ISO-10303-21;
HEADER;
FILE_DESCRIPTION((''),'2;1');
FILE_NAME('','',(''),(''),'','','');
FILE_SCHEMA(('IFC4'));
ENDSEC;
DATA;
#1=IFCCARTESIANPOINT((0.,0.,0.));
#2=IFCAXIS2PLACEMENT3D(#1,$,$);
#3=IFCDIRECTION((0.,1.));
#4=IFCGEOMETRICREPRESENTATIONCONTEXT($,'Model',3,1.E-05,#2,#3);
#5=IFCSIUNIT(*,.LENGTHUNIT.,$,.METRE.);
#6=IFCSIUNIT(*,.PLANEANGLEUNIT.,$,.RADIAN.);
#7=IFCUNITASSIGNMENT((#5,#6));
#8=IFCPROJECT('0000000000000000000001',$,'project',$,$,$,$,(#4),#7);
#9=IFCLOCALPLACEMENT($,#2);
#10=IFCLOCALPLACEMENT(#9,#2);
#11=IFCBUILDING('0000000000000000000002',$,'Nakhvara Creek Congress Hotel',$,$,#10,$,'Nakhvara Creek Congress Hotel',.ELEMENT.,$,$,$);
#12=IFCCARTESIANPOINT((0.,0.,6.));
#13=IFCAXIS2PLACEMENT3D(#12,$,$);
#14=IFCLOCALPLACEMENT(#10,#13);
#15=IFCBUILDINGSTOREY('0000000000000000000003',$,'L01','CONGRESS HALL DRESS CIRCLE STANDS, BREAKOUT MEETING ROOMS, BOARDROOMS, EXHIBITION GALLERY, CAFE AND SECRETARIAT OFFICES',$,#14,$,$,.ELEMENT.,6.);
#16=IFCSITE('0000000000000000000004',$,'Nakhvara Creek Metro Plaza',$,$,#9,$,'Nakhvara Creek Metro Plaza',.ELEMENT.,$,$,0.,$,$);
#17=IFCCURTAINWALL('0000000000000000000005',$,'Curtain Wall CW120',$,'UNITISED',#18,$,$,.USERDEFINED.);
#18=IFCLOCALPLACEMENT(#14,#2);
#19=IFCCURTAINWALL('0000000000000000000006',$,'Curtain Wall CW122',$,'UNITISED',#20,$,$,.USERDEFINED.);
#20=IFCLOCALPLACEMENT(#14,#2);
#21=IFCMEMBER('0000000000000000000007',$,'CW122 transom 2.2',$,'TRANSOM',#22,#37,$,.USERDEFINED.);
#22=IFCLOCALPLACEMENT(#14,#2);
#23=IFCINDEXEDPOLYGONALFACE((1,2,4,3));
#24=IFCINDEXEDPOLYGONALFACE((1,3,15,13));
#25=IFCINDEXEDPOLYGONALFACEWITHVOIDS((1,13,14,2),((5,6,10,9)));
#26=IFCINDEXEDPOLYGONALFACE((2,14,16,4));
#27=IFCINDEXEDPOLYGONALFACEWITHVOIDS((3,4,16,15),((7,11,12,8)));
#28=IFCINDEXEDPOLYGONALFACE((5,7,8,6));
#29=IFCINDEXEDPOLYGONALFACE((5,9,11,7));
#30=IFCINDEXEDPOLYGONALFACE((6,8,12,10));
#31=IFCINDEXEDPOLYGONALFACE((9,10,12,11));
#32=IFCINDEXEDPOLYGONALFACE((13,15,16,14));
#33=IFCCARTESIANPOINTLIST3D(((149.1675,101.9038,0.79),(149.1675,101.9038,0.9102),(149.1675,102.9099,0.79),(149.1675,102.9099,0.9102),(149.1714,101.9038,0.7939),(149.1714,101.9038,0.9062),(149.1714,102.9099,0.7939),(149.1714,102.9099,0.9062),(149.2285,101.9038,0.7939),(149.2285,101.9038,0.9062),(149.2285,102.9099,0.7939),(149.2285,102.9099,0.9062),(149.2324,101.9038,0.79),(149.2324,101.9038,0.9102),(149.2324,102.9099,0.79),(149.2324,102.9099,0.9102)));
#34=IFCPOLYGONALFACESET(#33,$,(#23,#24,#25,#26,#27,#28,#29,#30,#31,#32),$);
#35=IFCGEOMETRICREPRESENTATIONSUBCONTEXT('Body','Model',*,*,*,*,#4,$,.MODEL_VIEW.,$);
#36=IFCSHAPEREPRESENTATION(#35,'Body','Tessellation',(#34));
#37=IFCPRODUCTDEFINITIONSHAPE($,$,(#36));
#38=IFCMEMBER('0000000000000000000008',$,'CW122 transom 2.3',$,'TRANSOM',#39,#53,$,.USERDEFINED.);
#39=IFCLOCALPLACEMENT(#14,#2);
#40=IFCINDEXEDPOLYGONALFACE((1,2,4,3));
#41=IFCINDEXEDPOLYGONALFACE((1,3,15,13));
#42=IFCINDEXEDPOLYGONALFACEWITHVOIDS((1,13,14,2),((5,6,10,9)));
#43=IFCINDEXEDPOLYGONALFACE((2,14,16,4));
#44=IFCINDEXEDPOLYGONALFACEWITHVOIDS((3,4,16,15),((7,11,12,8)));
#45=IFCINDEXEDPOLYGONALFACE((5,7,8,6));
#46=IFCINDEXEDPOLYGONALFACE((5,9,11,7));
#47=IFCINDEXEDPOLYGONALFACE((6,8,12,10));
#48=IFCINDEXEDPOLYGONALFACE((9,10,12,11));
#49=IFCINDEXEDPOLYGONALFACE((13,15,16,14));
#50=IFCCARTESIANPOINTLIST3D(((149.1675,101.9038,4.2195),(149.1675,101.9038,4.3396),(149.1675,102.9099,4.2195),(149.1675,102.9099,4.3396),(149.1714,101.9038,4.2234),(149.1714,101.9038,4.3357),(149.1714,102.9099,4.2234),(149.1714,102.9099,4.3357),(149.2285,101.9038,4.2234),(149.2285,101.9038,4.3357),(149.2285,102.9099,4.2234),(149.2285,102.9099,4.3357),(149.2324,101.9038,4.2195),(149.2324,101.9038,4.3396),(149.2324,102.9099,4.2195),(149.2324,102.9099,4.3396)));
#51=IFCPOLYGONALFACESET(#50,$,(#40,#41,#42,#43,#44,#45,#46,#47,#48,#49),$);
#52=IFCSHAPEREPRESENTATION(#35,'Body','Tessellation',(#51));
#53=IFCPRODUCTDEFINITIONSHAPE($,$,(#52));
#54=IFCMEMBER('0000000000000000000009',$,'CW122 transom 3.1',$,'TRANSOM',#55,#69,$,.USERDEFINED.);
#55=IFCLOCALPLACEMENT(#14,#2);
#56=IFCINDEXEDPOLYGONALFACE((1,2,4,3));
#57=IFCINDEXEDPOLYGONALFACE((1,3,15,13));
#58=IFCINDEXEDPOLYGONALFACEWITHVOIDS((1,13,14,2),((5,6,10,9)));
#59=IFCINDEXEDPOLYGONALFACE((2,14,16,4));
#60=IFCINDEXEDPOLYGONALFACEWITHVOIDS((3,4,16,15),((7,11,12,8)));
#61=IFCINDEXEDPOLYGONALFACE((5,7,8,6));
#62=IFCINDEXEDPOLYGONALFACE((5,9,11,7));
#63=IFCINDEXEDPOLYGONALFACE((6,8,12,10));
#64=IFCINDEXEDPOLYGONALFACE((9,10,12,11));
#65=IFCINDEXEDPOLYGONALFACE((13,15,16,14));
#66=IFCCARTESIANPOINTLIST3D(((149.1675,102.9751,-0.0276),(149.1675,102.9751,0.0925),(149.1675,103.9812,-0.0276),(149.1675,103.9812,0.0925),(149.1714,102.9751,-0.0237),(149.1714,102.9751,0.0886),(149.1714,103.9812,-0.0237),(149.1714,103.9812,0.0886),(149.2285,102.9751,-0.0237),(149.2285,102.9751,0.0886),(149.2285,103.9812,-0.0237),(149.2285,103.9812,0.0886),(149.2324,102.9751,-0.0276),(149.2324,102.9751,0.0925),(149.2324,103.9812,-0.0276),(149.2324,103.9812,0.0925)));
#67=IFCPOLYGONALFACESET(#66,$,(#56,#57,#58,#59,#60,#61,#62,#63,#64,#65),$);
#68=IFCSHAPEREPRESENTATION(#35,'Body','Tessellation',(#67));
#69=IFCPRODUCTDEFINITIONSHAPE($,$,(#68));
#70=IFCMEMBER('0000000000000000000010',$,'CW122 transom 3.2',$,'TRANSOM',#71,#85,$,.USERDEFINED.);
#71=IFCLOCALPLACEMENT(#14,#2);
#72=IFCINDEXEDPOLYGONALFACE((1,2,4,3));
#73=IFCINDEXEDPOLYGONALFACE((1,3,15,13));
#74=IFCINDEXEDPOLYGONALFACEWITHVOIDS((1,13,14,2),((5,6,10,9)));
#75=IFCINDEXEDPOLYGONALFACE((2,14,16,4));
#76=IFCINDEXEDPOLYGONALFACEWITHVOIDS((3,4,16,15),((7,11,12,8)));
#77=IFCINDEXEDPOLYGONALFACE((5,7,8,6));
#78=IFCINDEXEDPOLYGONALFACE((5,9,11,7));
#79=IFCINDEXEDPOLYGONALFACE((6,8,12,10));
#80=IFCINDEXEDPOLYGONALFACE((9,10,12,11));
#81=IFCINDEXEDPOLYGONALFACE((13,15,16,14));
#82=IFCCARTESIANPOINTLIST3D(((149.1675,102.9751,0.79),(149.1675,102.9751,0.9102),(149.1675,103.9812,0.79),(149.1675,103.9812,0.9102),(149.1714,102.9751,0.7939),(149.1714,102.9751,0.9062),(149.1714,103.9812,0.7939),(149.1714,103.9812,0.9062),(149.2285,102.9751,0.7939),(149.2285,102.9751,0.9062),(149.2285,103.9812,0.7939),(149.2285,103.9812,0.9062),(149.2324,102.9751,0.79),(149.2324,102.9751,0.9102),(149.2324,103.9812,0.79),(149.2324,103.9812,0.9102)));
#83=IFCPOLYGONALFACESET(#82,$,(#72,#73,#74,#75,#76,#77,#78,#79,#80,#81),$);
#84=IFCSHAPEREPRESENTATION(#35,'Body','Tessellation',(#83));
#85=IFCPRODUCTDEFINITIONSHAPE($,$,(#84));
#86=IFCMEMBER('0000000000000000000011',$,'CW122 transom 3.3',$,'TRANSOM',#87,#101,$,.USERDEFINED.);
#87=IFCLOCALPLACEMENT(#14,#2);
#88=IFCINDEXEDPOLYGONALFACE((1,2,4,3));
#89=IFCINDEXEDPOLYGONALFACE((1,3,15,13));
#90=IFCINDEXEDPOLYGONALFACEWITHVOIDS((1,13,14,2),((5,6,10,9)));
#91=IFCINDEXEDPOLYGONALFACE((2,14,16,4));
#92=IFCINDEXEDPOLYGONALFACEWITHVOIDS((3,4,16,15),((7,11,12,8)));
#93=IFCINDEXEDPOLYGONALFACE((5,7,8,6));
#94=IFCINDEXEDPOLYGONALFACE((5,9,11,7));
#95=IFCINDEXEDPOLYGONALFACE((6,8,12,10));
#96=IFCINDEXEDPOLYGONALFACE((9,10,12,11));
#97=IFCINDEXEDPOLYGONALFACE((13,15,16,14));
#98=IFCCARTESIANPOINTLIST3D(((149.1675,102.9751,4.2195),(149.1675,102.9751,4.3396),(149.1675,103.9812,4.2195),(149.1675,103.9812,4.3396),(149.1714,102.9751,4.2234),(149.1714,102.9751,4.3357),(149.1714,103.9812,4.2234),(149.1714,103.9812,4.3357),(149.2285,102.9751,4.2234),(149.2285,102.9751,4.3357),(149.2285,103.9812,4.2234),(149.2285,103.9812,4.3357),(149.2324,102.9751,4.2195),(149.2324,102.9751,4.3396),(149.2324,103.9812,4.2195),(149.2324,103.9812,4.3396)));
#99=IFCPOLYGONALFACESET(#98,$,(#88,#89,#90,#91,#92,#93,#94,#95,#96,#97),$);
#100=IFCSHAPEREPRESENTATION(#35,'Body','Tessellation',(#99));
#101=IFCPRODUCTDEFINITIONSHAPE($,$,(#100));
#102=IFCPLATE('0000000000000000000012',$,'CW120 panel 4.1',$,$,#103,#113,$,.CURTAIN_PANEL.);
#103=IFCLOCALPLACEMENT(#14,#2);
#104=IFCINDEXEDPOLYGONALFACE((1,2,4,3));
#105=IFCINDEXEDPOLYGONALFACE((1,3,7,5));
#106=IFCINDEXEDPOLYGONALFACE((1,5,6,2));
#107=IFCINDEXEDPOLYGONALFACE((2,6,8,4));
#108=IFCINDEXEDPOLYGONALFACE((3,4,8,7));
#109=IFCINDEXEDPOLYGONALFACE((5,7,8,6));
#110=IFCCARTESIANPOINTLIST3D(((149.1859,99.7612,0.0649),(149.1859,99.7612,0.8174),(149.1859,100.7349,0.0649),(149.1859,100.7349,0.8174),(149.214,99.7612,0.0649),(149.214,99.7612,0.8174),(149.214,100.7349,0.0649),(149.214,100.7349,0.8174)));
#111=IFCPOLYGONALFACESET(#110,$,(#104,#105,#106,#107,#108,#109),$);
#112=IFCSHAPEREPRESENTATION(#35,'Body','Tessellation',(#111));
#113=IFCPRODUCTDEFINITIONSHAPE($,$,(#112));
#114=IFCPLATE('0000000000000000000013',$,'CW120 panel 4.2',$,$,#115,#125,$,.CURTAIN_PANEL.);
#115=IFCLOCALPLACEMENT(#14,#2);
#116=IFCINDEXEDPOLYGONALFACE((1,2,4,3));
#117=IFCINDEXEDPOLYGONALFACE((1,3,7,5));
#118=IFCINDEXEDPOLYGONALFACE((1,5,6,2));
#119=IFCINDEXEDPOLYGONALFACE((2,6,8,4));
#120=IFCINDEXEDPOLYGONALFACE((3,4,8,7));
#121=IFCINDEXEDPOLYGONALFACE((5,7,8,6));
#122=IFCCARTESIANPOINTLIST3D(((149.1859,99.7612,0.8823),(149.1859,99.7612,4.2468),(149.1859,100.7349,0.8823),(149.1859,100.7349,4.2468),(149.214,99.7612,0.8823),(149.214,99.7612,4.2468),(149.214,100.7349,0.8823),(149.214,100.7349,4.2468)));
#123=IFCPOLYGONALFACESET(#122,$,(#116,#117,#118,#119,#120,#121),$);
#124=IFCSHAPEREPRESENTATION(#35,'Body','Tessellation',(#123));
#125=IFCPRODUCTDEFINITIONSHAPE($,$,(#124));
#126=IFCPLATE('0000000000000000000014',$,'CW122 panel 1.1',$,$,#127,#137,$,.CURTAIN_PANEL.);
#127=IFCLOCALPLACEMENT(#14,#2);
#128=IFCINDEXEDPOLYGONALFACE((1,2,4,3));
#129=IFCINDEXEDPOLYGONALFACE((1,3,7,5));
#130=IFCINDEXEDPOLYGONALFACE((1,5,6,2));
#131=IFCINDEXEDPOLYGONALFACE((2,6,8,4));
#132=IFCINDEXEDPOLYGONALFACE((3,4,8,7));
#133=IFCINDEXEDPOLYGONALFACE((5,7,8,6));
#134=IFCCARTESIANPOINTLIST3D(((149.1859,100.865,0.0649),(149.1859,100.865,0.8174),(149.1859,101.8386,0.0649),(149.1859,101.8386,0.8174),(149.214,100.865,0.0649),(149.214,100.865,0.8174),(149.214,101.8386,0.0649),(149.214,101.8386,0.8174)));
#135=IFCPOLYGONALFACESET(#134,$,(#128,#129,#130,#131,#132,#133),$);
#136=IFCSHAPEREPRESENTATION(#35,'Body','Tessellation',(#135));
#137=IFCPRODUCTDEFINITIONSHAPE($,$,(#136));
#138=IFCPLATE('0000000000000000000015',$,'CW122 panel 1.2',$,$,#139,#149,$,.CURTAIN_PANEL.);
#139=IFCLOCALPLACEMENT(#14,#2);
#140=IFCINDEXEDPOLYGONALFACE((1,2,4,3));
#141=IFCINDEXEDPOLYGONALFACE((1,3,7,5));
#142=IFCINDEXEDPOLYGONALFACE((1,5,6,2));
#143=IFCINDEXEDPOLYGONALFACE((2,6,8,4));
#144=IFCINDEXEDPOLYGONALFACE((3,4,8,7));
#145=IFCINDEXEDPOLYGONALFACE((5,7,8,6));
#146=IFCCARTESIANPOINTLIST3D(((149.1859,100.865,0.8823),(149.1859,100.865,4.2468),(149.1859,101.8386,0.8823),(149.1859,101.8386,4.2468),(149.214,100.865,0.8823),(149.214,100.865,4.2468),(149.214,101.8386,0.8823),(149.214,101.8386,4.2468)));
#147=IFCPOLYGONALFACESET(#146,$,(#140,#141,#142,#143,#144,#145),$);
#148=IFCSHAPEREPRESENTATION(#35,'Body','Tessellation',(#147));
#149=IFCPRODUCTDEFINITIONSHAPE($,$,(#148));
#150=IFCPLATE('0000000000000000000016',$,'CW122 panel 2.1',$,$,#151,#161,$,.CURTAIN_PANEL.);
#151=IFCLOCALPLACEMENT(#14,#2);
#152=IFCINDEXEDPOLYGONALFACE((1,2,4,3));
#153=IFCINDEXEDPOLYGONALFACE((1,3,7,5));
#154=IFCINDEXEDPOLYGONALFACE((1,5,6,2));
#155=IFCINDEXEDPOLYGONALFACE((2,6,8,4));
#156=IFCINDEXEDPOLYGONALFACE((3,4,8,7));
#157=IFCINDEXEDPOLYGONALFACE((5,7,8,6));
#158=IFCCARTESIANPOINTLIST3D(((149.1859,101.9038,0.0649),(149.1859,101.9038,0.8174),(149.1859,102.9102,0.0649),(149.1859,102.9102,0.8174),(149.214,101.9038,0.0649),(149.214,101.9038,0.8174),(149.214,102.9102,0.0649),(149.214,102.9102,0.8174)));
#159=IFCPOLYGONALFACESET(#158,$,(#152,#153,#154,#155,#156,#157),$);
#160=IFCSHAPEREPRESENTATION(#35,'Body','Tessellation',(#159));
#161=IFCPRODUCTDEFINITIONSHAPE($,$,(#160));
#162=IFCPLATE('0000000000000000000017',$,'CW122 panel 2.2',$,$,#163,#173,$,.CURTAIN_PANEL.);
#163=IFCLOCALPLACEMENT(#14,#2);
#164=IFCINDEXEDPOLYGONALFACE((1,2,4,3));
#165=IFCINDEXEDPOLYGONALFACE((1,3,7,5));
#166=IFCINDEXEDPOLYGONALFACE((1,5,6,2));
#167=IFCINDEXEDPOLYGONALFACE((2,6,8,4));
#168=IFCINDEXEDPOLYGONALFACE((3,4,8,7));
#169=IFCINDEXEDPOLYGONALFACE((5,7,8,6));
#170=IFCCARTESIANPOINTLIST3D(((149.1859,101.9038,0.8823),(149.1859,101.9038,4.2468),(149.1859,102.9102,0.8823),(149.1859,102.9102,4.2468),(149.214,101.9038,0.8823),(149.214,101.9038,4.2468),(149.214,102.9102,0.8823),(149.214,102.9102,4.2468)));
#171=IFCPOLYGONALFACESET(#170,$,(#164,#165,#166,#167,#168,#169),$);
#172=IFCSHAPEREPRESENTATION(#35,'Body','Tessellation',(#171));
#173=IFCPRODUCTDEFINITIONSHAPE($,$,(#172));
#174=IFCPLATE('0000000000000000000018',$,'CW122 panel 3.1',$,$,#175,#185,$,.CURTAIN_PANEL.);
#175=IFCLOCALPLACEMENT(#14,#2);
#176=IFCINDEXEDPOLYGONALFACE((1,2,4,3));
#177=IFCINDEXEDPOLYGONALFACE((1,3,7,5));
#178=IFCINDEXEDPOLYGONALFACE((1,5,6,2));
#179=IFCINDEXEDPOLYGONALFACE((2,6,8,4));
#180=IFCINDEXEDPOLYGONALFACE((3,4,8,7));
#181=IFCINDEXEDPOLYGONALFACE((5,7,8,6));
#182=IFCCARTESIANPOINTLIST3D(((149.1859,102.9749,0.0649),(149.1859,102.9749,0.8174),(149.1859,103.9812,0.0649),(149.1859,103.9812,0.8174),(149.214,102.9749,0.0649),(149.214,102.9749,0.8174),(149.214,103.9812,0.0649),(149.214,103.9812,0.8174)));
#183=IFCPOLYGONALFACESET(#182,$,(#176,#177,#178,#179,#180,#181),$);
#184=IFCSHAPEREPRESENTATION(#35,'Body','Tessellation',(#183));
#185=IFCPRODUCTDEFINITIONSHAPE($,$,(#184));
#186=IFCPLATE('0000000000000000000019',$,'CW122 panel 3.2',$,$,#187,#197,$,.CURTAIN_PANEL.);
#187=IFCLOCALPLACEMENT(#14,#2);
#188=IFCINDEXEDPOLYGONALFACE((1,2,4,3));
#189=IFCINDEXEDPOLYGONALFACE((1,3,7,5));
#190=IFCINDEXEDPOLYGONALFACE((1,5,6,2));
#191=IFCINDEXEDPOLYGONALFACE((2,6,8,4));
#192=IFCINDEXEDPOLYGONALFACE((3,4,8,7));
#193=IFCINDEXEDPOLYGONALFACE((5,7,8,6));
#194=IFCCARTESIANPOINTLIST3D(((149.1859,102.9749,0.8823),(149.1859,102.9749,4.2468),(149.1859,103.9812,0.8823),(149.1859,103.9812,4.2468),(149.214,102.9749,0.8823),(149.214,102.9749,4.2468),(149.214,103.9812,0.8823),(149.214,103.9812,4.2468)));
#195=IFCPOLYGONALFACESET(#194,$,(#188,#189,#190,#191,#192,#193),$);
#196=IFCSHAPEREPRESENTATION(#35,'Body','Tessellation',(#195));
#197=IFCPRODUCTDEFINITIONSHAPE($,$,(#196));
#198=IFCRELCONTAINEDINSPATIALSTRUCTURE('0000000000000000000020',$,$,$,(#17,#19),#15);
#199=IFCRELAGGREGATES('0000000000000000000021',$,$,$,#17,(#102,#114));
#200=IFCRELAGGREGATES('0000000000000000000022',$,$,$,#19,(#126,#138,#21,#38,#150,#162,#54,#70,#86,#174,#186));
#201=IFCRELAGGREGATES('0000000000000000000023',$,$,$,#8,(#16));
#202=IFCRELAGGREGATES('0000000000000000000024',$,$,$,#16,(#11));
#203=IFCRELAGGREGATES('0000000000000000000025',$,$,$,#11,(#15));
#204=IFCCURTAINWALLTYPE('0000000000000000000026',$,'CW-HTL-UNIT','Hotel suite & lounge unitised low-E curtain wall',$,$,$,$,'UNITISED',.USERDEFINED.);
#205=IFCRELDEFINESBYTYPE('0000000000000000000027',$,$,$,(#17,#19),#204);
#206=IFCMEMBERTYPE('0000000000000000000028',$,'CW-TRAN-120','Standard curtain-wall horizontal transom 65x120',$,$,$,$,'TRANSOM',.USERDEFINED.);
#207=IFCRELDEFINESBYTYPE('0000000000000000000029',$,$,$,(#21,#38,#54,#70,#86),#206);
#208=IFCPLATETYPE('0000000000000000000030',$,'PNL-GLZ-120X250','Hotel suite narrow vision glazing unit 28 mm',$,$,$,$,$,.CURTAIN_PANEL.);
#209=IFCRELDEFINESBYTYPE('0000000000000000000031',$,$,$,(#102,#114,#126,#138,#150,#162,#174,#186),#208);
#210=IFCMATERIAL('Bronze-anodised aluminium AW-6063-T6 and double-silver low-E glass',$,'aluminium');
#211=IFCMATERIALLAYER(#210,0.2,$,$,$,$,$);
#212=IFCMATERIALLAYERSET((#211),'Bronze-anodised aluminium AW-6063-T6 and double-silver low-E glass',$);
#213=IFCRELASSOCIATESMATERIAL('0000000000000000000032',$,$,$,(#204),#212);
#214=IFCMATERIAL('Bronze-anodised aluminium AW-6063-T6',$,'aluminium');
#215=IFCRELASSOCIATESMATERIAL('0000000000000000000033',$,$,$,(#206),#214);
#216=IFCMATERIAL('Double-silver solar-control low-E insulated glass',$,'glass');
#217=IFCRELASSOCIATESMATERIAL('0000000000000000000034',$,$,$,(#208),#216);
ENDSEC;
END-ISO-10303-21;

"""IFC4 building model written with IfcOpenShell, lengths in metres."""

from ifc_helpers import new_model, si_unit, direction, frame, origin, origin_2d, place, context, subcontext, project, spatial, rectangle, hollow_rectangle, extrude, material, layer, layer_set, material_profile, profile_set, type_object, element, aggregate, save


model = new_model("IFC4")

# Units and contexts
model_context = context("Model", 3, precision=1e-05, world=origin(), true_north=direction((0.0, 1.0)))
body_context = subcontext(model_context, "Body", "Model", "MODEL_VIEW")
ifc_project = project(units=[si_unit("LENGTHUNIT", "METRE"), si_unit("PLANEANGLEUNIT", "RADIAN")], contexts=[model_context])

# Site, building, storey
site_placement = place(None, origin())
site = spatial("IfcSite", under=ifc_project, at=site_placement, Name="Nakhvara Creek Metro Plaza", LongName="Nakhvara Creek Metro Plaza", CompositionType="ELEMENT", RefElevation=0.0)
building_placement = place(site_placement, origin())
building = spatial("IfcBuilding", under=site, at=building_placement, Name="Nakhvara Creek Congress Hotel", LongName="Nakhvara Creek Congress Hotel", CompositionType="ELEMENT")
storey_placement = place(building_placement, frame((0.0, 0.0, 6.0)))
storey = spatial("IfcBuildingStorey", under=building, at=storey_placement, Name="L01", Description="CONGRESS HALL DRESS CIRCLE STANDS, BREAKOUT MEETING ROOMS, BOARDROOMS, EXHIBITION GALLERY, CAFE AND SECRETARIAT OFFICES", CompositionType="ELEMENT", Elevation=6.0)

# Curtain wall
ifc_material_1 = material(Name="Bronze-anodised aluminium AW-6063-T6 and double-silver low-E glass", Category="aluminium")
ifc_layer = layer(ifc_material_1, 0.2)
ifc_layer_set = layer_set([ifc_layer], Name="Bronze-anodised aluminium AW-6063-T6 and double-silver low-E glass")
curtain_wall_type = type_object("IfcCurtainWallType", Name="CW-HTL-UNIT", Description="Hotel suite & lounge unitised low-E curtain wall", ElementType="UNITISED", PredefinedType="USERDEFINED", material=ifc_layer_set)
curtain_wall_1_placement = place(storey_placement, origin())
curtain_wall_1 = element("IfcCurtainWall", 1, at=curtain_wall_1_placement, inside=storey, type_object=curtain_wall_type, Name="Curtain Wall CW120", ObjectType="UNITISED", PredefinedType="USERDEFINED")
ifc_material_2 = material(Name="Bronze-anodised aluminium AW-6063-T6", Category="aluminium")

# Curtain wall
curtain_wall_2_placement = place(storey_placement, origin())
curtain_wall_2 = element("IfcCurtainWall", 2, at=curtain_wall_2_placement, inside=storey, type_object=curtain_wall_type, Name="Curtain Wall CW122", ObjectType="UNITISED", PredefinedType="USERDEFINED")

# Members
ifc_material_profile_1 = material_profile(ifc_material_2, hollow_rectangle(XDim=0.0649, YDim=0.1201, WallThickness=0.0039, at=origin_2d()), Name="ALU-TRAN 65x120x4", Category="LoadBearing")
ifc_profile_set_1 = profile_set([ifc_material_profile_1], Name="Bronze-anodised aluminium AW-6063-T6")
member_type_1 = type_object("IfcMemberType", Name="CW-TRAN-120", Description="Standard curtain-wall horizontal transom 65x120", ElementType="TRANSOM", PredefinedType="USERDEFINED", material=ifc_profile_set_1)
member_1_placement = place(storey_placement, frame((149.2, 101.9038, 0.8501), z_axis=(0.0, 1.0, 0.0), x_axis=(-1.0, 0.0, 0.0)))
member_1 = element("IfcMember", 3, at=member_1_placement, type_object=member_type_1, Name="CW122 transom 2.2", ObjectType="TRANSOM", PredefinedType="USERDEFINED", context=body_context, shape_type="SweptSolid", body=[
    extrude(hollow_rectangle(XDim=0.0649, YDim=0.1201, WallThickness=0.0039, at=origin_2d()), origin(), (0.0, 0.0, 1.0), 1.0061),
])
member_2_placement = place(storey_placement, frame((149.2, 101.9038, 4.2795), z_axis=(0.0, 1.0, 0.0), x_axis=(-1.0, 0.0, 0.0)))
member_2 = element("IfcMember", 4, at=member_2_placement, type_object=member_type_1, Name="CW122 transom 2.3", ObjectType="TRANSOM", PredefinedType="USERDEFINED", context=body_context, shape_type="SweptSolid", body=[
    extrude(hollow_rectangle(XDim=0.0649, YDim=0.1201, WallThickness=0.0039, at=origin_2d()), origin(), (0.0, 0.0, 1.0), 1.0061),
])
member_3_placement = place(storey_placement, frame((149.2, 102.9751, 0.0325), z_axis=(0.0, 1.0, 0.0), x_axis=(-1.0, 0.0, 0.0)))
member_3 = element("IfcMember", 5, at=member_3_placement, type_object=member_type_1, Name="CW122 transom 3.1", ObjectType="TRANSOM", PredefinedType="USERDEFINED", context=body_context, shape_type="SweptSolid", body=[
    extrude(hollow_rectangle(XDim=0.0649, YDim=0.1201, WallThickness=0.0039, at=origin_2d()), origin(), (0.0, 0.0, 1.0), 1.0061),
])
member_4_placement = place(storey_placement, frame((149.2, 102.9751, 0.8501), z_axis=(0.0, 1.0, 0.0), x_axis=(-1.0, 0.0, 0.0)))
member_4 = element("IfcMember", 6, at=member_4_placement, type_object=member_type_1, Name="CW122 transom 3.2", ObjectType="TRANSOM", PredefinedType="USERDEFINED", context=body_context, shape_type="SweptSolid", body=[
    extrude(hollow_rectangle(XDim=0.0649, YDim=0.1201, WallThickness=0.0039, at=origin_2d()), origin(), (0.0, 0.0, 1.0), 1.0061),
])
member_5_placement = place(storey_placement, frame((149.2, 102.9751, 4.2795), z_axis=(0.0, 1.0, 0.0), x_axis=(-1.0, 0.0, 0.0)))
member_5 = element("IfcMember", 7, at=member_5_placement, type_object=member_type_1, Name="CW122 transom 3.3", ObjectType="TRANSOM", PredefinedType="USERDEFINED", context=body_context, shape_type="SweptSolid", body=[
    extrude(hollow_rectangle(XDim=0.0649, YDim=0.1201, WallThickness=0.0039, at=origin_2d()), origin(), (0.0, 0.0, 1.0), 1.0061),
])

# Plates
ifc_material_3 = material(Name="Double-silver solar-control low-E insulated glass", Category="glass")
plate_type = type_object("IfcPlateType", Name="PNL-GLZ-120X250", Description="Hotel suite narrow vision glazing unit 28 mm", PredefinedType="CURTAIN_PANEL", material=ifc_material_3)
plate_1_placement = place(storey_placement, frame((149.2, 100.248, 0.0649), z_axis=(0.0, 0.0, 1.0), x_axis=(0.0, 1.0, 0.0)))
plate_1 = element("IfcPlate", 8, at=plate_1_placement, type_object=plate_type, Name="CW120 panel 4.1", PredefinedType="CURTAIN_PANEL", context=body_context, shape_type="SweptSolid", body=[
    extrude(rectangle(XDim=0.9736, YDim=0.0281, at=origin_2d()), origin(), (0.0, 0.0, 1.0), 0.7524),
])
plate_2_placement = place(storey_placement, frame((149.2, 100.248, 0.8823), z_axis=(0.0, 0.0, 1.0), x_axis=(0.0, 1.0, 0.0)))
plate_2 = element("IfcPlate", 9, at=plate_2_placement, type_object=plate_type, Name="CW120 panel 4.2", PredefinedType="CURTAIN_PANEL", context=body_context, shape_type="SweptSolid", body=[
    extrude(rectangle(XDim=0.9736, YDim=0.0281, at=origin_2d()), origin(), (0.0, 0.0, 1.0), 3.3645),
])
aggregate(curtain_wall_1, [plate_1, plate_2])
plate_3_placement = place(storey_placement, frame((149.2, 101.3518, 0.0649), z_axis=(0.0, 0.0, 1.0), x_axis=(0.0, 1.0, 0.0)))
plate_3 = element("IfcPlate", 10, at=plate_3_placement, type_object=plate_type, Name="CW122 panel 1.1", PredefinedType="CURTAIN_PANEL", context=body_context, shape_type="SweptSolid", body=[
    extrude(rectangle(XDim=0.9736, YDim=0.0281, at=origin_2d()), origin(), (0.0, 0.0, 1.0), 0.7524),
])
plate_4_placement = place(storey_placement, frame((149.2, 101.3518, 0.8823), z_axis=(0.0, 0.0, 1.0), x_axis=(0.0, 1.0, 0.0)))
plate_4 = element("IfcPlate", 11, at=plate_4_placement, type_object=plate_type, Name="CW122 panel 1.2", PredefinedType="CURTAIN_PANEL", context=body_context, shape_type="SweptSolid", body=[
    extrude(rectangle(XDim=0.9736, YDim=0.0281, at=origin_2d()), origin(), (0.0, 0.0, 1.0), 3.3645),
])
plate_5_placement = place(storey_placement, frame((149.2, 102.407, 0.0649), z_axis=(0.0, 0.0, 1.0), x_axis=(0.0, 1.0, 0.0)))
plate_5 = element("IfcPlate", 12, at=plate_5_placement, type_object=plate_type, Name="CW122 panel 2.1", PredefinedType="CURTAIN_PANEL", context=body_context, shape_type="SweptSolid", body=[
    extrude(rectangle(XDim=1.0063, YDim=0.0281, at=origin_2d()), origin(), (0.0, 0.0, 1.0), 0.7524),
])
plate_6_placement = place(storey_placement, frame((149.2, 102.407, 0.8823), z_axis=(0.0, 0.0, 1.0), x_axis=(0.0, 1.0, 0.0)))
plate_6 = element("IfcPlate", 13, at=plate_6_placement, type_object=plate_type, Name="CW122 panel 2.2", PredefinedType="CURTAIN_PANEL", context=body_context, shape_type="SweptSolid", body=[
    extrude(rectangle(XDim=1.0063, YDim=0.0281, at=origin_2d()), origin(), (0.0, 0.0, 1.0), 3.3645),
])
plate_7_placement = place(storey_placement, frame((149.2, 103.478, 0.0649), z_axis=(0.0, 0.0, 1.0), x_axis=(0.0, 1.0, 0.0)))
plate_7 = element("IfcPlate", 14, at=plate_7_placement, type_object=plate_type, Name="CW122 panel 3.1", PredefinedType="CURTAIN_PANEL", context=body_context, shape_type="SweptSolid", body=[
    extrude(rectangle(XDim=1.0063, YDim=0.0281, at=origin_2d()), origin(), (0.0, 0.0, 1.0), 0.7524),
])
plate_8_placement = place(storey_placement, frame((149.2, 103.478, 0.8823), z_axis=(0.0, 0.0, 1.0), x_axis=(0.0, 1.0, 0.0)))
plate_8 = element("IfcPlate", 15, at=plate_8_placement, type_object=plate_type, Name="CW122 panel 3.2", PredefinedType="CURTAIN_PANEL", context=body_context, shape_type="SweptSolid", body=[
    extrude(rectangle(XDim=1.0063, YDim=0.0281, at=origin_2d()), origin(), (0.0, 0.0, 1.0), 3.3645),
])
aggregate(curtain_wall_2, [plate_3, plate_4, member_1, member_2, plate_5, plate_6, member_3, member_4, member_5, plate_7, plate_8])

save(model, "model.ifc")
